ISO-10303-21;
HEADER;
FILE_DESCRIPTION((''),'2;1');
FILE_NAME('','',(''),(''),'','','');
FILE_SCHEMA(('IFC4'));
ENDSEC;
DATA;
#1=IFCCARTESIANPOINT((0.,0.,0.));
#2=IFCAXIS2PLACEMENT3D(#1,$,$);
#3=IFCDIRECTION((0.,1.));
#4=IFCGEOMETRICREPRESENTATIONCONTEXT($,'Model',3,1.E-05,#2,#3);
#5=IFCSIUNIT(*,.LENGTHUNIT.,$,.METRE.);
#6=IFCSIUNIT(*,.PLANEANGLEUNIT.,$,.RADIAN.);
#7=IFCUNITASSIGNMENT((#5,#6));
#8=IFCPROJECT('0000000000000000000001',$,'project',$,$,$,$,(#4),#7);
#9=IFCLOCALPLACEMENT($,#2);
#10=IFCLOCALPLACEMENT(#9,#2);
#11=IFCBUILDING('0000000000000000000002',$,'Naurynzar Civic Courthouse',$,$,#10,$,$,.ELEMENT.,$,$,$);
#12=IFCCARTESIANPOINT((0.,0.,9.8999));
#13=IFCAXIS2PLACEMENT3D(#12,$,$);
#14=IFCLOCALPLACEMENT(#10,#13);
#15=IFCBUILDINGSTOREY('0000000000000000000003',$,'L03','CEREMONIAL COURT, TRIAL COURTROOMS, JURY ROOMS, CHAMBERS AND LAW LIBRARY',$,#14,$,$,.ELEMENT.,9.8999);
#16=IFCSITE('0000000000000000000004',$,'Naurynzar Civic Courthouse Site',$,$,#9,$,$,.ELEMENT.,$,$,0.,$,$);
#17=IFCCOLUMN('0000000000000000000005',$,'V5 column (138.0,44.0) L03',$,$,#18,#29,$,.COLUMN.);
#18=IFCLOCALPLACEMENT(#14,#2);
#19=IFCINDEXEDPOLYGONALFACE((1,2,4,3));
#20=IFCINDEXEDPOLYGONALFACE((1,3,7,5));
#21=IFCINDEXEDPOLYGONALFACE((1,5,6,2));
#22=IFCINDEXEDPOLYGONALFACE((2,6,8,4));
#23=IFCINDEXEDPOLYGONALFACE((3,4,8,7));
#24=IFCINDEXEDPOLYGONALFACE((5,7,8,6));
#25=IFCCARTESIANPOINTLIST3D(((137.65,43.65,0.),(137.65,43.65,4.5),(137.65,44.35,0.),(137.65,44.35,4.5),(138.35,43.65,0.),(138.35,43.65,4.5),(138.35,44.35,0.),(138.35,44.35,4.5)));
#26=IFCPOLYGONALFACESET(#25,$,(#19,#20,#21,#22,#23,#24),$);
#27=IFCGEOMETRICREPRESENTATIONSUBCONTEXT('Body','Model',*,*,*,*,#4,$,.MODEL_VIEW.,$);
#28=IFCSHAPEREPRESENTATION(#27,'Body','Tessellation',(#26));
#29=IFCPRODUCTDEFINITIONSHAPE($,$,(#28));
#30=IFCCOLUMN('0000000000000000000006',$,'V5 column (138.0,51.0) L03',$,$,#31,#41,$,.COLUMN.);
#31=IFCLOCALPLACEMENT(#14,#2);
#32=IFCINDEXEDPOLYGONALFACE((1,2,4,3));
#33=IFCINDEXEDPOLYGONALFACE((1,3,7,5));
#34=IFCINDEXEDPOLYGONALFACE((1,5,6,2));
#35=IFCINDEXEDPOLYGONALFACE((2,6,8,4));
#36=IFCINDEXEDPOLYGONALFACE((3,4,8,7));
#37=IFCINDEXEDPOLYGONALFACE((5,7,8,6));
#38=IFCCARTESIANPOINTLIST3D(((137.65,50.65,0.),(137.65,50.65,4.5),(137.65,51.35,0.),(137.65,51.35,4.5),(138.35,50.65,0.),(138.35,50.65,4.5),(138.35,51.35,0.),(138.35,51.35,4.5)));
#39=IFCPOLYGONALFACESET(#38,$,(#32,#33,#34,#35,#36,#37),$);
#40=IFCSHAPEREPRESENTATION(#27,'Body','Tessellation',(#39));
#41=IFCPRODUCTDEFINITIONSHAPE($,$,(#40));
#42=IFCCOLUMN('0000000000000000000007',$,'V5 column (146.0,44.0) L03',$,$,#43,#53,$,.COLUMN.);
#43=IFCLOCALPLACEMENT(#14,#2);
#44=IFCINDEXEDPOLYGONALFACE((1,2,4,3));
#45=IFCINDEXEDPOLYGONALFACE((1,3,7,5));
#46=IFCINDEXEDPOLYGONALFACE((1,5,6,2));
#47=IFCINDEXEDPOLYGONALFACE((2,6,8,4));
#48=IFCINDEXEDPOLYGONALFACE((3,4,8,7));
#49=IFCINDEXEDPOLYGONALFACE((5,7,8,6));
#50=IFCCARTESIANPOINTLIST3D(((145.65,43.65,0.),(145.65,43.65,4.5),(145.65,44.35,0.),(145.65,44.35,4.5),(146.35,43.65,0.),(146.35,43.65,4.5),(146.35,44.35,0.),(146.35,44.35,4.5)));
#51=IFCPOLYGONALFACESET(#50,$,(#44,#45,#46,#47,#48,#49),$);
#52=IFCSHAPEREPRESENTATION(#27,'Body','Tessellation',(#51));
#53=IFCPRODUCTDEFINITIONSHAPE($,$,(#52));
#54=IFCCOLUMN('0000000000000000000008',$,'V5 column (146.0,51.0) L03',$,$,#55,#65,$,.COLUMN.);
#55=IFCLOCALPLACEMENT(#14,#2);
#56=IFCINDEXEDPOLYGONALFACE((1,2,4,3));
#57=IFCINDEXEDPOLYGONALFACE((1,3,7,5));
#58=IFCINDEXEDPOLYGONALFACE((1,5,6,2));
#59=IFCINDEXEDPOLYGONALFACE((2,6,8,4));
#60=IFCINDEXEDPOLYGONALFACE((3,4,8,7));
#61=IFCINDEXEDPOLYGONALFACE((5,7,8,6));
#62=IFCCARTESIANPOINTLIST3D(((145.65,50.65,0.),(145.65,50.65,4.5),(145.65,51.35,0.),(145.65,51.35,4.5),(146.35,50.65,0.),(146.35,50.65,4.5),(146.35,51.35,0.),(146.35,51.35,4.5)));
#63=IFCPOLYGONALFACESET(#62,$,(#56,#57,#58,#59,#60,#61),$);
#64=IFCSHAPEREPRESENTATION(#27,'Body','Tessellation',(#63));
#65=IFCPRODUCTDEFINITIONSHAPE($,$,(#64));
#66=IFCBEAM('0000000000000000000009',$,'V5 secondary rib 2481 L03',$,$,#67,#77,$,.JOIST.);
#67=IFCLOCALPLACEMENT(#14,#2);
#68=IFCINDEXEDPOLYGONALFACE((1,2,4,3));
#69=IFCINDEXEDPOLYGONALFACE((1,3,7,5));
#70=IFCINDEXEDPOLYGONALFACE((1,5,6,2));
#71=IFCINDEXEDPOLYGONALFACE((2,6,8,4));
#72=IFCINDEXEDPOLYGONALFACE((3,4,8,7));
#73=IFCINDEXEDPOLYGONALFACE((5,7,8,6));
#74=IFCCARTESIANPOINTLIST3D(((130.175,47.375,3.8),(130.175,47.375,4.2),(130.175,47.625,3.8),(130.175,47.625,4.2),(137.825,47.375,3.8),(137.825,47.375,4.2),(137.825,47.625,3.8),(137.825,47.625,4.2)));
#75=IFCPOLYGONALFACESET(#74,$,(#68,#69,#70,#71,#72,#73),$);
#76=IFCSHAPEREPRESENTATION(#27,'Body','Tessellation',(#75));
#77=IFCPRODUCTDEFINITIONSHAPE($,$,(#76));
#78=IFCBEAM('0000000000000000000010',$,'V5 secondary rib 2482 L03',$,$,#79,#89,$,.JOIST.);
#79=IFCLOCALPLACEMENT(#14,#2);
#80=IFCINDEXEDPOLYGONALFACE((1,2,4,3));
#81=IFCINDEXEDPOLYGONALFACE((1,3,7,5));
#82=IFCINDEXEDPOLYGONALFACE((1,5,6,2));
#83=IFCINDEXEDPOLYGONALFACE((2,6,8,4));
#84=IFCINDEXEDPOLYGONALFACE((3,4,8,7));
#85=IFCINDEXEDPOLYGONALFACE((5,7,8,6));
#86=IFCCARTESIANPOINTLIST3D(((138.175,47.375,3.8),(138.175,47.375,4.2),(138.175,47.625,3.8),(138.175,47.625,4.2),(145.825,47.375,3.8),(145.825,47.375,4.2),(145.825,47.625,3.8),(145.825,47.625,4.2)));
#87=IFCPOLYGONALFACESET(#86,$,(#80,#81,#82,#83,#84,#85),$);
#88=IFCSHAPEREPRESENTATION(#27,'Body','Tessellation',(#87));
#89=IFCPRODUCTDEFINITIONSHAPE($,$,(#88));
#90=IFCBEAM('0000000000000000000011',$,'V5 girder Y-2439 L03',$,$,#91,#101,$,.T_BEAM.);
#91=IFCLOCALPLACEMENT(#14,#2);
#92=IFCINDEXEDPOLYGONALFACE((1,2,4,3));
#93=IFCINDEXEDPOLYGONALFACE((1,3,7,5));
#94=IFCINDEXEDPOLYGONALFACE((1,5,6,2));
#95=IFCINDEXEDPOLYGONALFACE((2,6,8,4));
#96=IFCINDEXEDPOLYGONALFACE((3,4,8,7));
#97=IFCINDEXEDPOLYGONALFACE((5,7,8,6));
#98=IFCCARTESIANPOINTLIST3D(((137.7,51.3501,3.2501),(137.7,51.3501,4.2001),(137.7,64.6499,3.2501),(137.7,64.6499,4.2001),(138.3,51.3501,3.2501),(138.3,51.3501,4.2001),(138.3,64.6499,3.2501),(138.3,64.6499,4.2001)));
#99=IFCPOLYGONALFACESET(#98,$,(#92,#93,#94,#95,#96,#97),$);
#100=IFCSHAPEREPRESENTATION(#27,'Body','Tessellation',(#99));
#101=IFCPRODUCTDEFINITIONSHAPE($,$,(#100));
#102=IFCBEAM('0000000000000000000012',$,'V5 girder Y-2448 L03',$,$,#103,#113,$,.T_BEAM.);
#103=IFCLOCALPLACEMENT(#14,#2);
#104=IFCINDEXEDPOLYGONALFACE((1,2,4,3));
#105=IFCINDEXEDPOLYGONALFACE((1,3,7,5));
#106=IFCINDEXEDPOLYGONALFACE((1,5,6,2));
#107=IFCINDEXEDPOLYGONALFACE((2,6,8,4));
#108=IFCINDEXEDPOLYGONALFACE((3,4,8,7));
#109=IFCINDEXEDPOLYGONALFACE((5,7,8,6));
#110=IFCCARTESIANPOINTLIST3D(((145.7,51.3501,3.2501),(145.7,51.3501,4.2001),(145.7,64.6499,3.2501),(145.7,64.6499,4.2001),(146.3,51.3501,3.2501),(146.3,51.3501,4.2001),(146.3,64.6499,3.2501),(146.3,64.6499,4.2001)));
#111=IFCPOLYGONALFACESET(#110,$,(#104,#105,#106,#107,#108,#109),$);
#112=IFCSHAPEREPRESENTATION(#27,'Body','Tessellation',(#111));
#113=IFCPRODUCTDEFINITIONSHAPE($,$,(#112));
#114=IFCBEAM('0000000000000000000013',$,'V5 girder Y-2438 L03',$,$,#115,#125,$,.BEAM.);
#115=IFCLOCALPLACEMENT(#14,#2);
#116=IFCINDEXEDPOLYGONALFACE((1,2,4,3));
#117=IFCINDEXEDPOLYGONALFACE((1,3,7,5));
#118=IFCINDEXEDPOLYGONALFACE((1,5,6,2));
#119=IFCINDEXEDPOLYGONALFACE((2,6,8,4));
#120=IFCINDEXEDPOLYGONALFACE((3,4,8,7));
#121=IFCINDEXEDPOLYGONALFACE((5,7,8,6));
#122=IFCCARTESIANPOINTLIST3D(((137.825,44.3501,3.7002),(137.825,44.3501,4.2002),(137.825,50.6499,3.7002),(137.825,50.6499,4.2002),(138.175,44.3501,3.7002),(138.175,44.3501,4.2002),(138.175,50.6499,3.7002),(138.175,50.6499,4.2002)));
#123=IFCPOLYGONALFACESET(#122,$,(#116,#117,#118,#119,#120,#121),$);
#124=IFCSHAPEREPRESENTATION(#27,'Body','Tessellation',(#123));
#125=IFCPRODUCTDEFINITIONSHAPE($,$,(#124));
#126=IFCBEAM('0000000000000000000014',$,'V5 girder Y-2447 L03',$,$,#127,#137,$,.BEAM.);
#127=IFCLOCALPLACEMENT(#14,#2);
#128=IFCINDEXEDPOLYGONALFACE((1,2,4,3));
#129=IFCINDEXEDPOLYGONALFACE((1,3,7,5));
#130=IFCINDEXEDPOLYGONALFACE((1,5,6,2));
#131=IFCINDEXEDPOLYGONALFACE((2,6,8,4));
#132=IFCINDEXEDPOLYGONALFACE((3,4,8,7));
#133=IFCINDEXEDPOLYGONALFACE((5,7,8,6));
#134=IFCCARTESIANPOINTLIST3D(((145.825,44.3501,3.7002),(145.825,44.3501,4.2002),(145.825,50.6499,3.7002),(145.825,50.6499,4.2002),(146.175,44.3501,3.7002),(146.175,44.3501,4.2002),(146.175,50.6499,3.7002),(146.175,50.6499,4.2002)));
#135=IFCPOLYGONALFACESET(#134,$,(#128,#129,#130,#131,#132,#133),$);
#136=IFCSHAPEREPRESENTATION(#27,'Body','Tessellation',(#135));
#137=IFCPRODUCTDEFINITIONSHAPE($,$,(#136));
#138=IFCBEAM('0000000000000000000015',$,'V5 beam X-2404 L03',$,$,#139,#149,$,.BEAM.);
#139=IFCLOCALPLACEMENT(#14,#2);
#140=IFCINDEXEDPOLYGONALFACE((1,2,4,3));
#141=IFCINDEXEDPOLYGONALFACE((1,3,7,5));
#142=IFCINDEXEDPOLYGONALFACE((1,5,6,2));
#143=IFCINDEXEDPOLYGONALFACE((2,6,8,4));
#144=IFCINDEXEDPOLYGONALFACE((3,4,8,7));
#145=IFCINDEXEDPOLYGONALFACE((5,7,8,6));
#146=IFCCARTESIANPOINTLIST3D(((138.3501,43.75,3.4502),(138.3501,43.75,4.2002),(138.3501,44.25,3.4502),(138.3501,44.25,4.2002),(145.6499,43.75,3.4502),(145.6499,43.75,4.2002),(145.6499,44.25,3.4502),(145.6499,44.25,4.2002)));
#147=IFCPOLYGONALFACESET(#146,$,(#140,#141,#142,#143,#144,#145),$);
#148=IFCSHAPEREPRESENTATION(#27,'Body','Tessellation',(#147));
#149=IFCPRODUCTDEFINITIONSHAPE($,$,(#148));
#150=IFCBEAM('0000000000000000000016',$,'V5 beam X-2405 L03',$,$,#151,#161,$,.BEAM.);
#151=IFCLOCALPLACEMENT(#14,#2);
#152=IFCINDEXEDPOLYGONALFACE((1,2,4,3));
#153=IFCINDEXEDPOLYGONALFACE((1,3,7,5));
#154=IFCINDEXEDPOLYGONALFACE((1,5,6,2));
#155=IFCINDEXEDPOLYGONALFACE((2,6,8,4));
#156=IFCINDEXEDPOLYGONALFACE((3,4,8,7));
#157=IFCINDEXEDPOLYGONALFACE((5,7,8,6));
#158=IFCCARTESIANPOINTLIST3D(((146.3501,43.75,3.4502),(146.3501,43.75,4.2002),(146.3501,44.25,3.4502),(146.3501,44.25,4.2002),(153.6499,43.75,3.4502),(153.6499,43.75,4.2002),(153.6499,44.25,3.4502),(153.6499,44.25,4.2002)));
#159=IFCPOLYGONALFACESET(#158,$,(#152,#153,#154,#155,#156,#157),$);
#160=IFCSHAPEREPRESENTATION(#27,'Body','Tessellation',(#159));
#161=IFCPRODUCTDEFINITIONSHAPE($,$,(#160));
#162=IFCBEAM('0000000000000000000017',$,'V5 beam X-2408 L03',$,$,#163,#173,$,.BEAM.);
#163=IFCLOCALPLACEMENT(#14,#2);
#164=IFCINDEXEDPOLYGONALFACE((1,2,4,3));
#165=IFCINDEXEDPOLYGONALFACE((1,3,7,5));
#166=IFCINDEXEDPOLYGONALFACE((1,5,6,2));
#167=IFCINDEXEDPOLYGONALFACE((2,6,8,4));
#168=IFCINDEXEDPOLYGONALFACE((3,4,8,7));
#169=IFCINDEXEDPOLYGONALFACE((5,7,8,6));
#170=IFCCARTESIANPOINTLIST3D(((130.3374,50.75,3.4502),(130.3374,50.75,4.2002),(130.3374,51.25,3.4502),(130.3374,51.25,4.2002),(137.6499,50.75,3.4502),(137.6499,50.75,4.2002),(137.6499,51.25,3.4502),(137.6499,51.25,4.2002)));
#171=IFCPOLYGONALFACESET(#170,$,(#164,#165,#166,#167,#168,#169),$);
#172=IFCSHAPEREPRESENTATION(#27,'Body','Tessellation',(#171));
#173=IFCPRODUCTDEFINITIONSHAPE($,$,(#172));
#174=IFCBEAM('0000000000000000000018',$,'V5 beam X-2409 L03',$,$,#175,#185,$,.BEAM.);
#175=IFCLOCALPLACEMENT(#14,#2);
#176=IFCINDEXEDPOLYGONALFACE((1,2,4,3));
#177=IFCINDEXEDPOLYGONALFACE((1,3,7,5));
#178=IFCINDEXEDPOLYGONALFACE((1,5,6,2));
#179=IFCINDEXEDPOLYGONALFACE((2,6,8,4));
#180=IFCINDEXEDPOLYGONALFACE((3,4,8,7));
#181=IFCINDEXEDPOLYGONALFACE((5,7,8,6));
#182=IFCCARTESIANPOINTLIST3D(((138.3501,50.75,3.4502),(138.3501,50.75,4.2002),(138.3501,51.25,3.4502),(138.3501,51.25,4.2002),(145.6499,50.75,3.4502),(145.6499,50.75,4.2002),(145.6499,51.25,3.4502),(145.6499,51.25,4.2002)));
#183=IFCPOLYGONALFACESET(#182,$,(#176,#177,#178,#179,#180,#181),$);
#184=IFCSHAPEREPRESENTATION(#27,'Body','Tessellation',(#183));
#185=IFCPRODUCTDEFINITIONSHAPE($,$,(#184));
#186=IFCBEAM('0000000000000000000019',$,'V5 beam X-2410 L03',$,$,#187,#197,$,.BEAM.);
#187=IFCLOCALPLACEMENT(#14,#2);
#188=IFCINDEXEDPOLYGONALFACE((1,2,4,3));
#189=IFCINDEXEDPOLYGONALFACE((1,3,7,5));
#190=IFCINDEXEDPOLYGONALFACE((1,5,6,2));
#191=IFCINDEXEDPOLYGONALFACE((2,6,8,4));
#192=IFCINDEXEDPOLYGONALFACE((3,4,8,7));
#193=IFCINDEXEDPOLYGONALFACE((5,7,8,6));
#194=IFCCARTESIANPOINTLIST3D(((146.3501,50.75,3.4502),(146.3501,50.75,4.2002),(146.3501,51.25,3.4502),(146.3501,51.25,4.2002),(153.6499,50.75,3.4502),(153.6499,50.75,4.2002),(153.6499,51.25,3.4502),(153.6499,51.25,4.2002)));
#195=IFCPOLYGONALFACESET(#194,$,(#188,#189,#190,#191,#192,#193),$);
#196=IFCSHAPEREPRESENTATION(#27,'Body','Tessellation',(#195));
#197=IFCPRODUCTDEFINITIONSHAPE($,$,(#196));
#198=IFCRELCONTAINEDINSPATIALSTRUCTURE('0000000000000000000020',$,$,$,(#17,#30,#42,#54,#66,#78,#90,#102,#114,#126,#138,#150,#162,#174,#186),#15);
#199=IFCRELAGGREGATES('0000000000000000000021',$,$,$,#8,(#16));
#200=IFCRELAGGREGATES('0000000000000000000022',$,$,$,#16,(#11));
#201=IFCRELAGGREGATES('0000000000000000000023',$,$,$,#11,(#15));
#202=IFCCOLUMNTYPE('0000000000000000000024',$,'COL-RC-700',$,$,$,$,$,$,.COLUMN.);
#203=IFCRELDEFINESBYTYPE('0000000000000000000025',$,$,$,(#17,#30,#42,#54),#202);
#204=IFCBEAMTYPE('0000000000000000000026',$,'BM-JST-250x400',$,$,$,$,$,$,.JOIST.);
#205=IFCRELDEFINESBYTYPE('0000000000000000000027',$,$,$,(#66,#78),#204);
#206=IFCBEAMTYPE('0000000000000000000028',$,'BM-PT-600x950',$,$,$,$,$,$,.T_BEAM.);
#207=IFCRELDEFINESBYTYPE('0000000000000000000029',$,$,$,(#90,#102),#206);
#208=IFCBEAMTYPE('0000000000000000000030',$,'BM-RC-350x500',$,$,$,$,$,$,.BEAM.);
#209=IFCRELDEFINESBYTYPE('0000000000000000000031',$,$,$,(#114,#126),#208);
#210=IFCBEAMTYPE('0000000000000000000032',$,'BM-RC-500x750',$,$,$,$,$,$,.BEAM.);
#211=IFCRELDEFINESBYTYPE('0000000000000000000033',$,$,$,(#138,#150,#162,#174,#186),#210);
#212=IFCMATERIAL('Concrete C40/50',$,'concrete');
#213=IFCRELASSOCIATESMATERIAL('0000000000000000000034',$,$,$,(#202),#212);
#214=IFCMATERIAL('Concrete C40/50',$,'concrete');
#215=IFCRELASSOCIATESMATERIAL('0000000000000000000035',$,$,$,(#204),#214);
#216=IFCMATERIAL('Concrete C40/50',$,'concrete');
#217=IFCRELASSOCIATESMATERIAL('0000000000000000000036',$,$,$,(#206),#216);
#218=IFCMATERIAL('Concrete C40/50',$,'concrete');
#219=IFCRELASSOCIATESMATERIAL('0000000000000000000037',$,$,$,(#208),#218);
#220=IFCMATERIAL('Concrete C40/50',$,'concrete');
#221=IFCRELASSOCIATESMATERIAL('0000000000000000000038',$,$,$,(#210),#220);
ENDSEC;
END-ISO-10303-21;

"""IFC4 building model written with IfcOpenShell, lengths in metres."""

from ifc_helpers import new_model, si_unit, direction, frame, origin, origin_2d, place, context, subcontext, project, spatial, rectangle, extrude, material, material_profile, profile_set, type_object, element, save


model = new_model("IFC4")

# Units and contexts
model_context = context("Model", 3, precision=1e-05, world=origin(), true_north=direction((0.0, 1.0)))
body_context = subcontext(model_context, "Body", "Model", "MODEL_VIEW")
ifc_project = project(units=[si_unit("LENGTHUNIT", "METRE"), si_unit("PLANEANGLEUNIT", "RADIAN")], contexts=[model_context])

# Site, building, storey
site_placement = place(None, origin())
site = spatial("IfcSite", under=ifc_project, at=site_placement, Name="Naurynzar Civic Courthouse Site", CompositionType="ELEMENT", RefElevation=0.0)
building_placement = place(site_placement, origin())
building = spatial("IfcBuilding", under=site, at=building_placement, Name="Naurynzar Civic Courthouse", CompositionType="ELEMENT")
storey_placement = place(building_placement, frame((0.0, 0.0, 9.8999)))
storey = spatial("IfcBuildingStorey", under=building, at=storey_placement, Name="L03", Description="CEREMONIAL COURT, TRIAL COURTROOMS, JURY ROOMS, CHAMBERS AND LAW LIBRARY", CompositionType="ELEMENT", Elevation=9.8999)

# Columns
ifc_material_1 = material(Name="Concrete C40/50", Category="concrete")
ifc_material_profile_1 = material_profile(ifc_material_1, rectangle(XDim=0.7, YDim=0.7, at=origin_2d()), Name="RC 700x700")
ifc_profile_set_1 = profile_set([ifc_material_profile_1], Name="Concrete C40/50")
column_type = type_object("IfcColumnType", Name="COL-RC-700", PredefinedType="COLUMN", material=ifc_profile_set_1)
for number, where, z_axis, x_axis, name in (
    (1, (138.0, 44.0, 0.0), (0.0, 0.0, 1.0), (1.0, 0.0, 0.0), "V5 column (138.0,44.0) L03"),
    (2, (138.0, 51.0, 0.0), (0.0, 0.0, 1.0), (1.0, 0.0, 0.0), "V5 column (138.0,51.0) L03"),
    (3, (146.0, 44.0, 0.0), (0.0, 0.0, 1.0), (1.0, 0.0, 0.0), "V5 column (146.0,44.0) L03"),
    (4, (146.0, 51.0, 0.0), (0.0, 0.0, 1.0), (1.0, 0.0, 0.0), "V5 column (146.0,51.0) L03"),
):
    element("IfcColumn", number, at=place(storey_placement, frame(where, z_axis=z_axis, x_axis=x_axis)), inside=storey, type_object=column_type, Name=name, PredefinedType="COLUMN", context=body_context, shape_type="SweptSolid", body=[
        extrude(rectangle(XDim=0.7, YDim=0.7, at=origin_2d()), origin(), (0.0, 0.0, 1.0), 4.5),
    ])

# Beams
ifc_material_2 = material(Name="Concrete C40/50", Category="concrete")
ifc_material_profile_2 = material_profile(ifc_material_2, rectangle(XDim=0.25, YDim=0.3999, at=origin_2d()), Name="RCB 250x400")
ifc_profile_set_2 = profile_set([ifc_material_profile_2], Name="Concrete C40/50")
beam_type_1 = type_object("IfcBeamType", Name="BM-JST-250x400", PredefinedType="JOIST", material=ifc_profile_set_2)
for number, where, z_axis, x_axis, name in (
    (5, (130.175, 47.5, 4.0), (1.0, 0.0, 0.0), (0.0, 1.0, 0.0), "V5 secondary rib 2481 L03"),
    (6, (138.175, 47.5, 4.0), (1.0, 0.0, 0.0), (0.0, 1.0, 0.0), "V5 secondary rib 2482 L03"),
):
    element("IfcBeam", number, at=place(storey_placement, frame(where, z_axis=z_axis, x_axis=x_axis)), inside=storey, type_object=beam_type_1, Name=name, PredefinedType="JOIST", context=body_context, shape_type="SweptSolid", body=[
        extrude(rectangle(XDim=0.25, YDim=0.3999, at=origin_2d()), origin(), (0.0, 0.0, 1.0), 7.6499),
    ])
ifc_material_3 = material(Name="Concrete C40/50", Category="concrete")
ifc_material_profile_3 = material_profile(ifc_material_3, rectangle(XDim=0.6001, YDim=0.95, at=origin_2d()), Name="PTB 600x950")
ifc_profile_set_3 = profile_set([ifc_material_profile_3], Name="Concrete C40/50")
beam_type_2 = type_object("IfcBeamType", Name="BM-PT-600x950", PredefinedType="T_BEAM", material=ifc_profile_set_3)
for number, where, z_axis, x_axis, name in (
    (7, (138.0, 51.3501, 3.7251), (0.0, 1.0, 0.0), (-1.0, 0.0, 0.0), "V5 girder Y-2439 L03"),
    (8, (146.0, 51.3501, 3.7251), (0.0, 1.0, 0.0), (-1.0, 0.0, 0.0), "V5 girder Y-2448 L03"),
):
    element("IfcBeam", number, at=place(storey_placement, frame(where, z_axis=z_axis, x_axis=x_axis)), inside=storey, type_object=beam_type_2, Name=name, PredefinedType="T_BEAM", context=body_context, shape_type="SweptSolid", body=[
        extrude(rectangle(XDim=0.6001, YDim=0.95, at=origin_2d()), origin(), (0.0, 0.0, 1.0), 13.2998),
    ])
ifc_material_4 = material(Name="Concrete C40/50", Category="concrete")
ifc_material_profile_4 = material_profile(ifc_material_4, rectangle(XDim=0.3501, YDim=0.5, at=origin_2d()), Name="RCB 350x500")
ifc_profile_set_4 = profile_set([ifc_material_profile_4], Name="Concrete C40/50")
beam_type_3 = type_object("IfcBeamType", Name="BM-RC-350x500", PredefinedType="BEAM", material=ifc_profile_set_4)
for number, where, z_axis, x_axis, name in (
    (9, (138.0, 44.3501, 3.9502), (0.0, 1.0, 0.0), (-1.0, 0.0, 0.0), "V5 girder Y-2438 L03"),
    (10, (146.0, 44.3501, 3.9502), (0.0, 1.0, 0.0), (-1.0, 0.0, 0.0), "V5 girder Y-2447 L03"),
):
    element("IfcBeam", number, at=place(storey_placement, frame(where, z_axis=z_axis, x_axis=x_axis)), inside=storey, type_object=beam_type_3, Name=name, PredefinedType="BEAM", context=body_context, shape_type="SweptSolid", body=[
        extrude(rectangle(XDim=0.3501, YDim=0.5, at=origin_2d()), origin(), (0.0, 0.0, 1.0), 6.2998),
    ])
ifc_material_5 = material(Name="Concrete C40/50", Category="concrete")
ifc_material_profile_5 = material_profile(ifc_material_5, rectangle(XDim=0.5, YDim=0.75, at=origin_2d()), Name="RCB 500x750")
ifc_profile_set_5 = profile_set([ifc_material_profile_5], Name="Concrete C40/50")
beam_type_4 = type_object("IfcBeamType", Name="BM-RC-500x750", PredefinedType="BEAM", material=ifc_profile_set_5)
for number, where, z_axis, x_axis, name in (
    (11, (138.3501, 44.0, 3.8252), (1.0, 0.0, 0.0), (0.0, 1.0, 0.0), "V5 beam X-2404 L03"),
    (12, (146.3501, 44.0, 3.8252), (1.0, 0.0, 0.0), (0.0, 1.0, 0.0), "V5 beam X-2405 L03"),
):
    element("IfcBeam", number, at=place(storey_placement, frame(where, z_axis=z_axis, x_axis=x_axis)), inside=storey, type_object=beam_type_4, Name=name, PredefinedType="BEAM", context=body_context, shape_type="SweptSolid", body=[
        extrude(rectangle(XDim=0.5, YDim=0.75, at=origin_2d()), origin(), (0.0, 0.0, 1.0), 7.2998),
    ])
beam_placement = place(storey_placement, frame((130.3374, 51.0, 3.8252), z_axis=(1.0, 0.0, 0.0), x_axis=(0.0, 1.0, 0.0)))
element("IfcBeam", 13, at=beam_placement, inside=storey, type_object=beam_type_4, Name="V5 beam X-2408 L03", PredefinedType="BEAM", context=body_context, shape_type="SweptSolid", body=[
    extrude(rectangle(XDim=0.5, YDim=0.75, at=origin_2d()), origin(), (0.0, 0.0, 1.0), 7.3125),
])
for number, where, z_axis, x_axis, name in (
    (14, (138.3501, 51.0, 3.8252), (1.0, 0.0, 0.0), (0.0, 1.0, 0.0), "V5 beam X-2409 L03"),
    (15, (146.3501, 51.0, 3.8252), (1.0, 0.0, 0.0), (0.0, 1.0, 0.0), "V5 beam X-2410 L03"),
):
    element("IfcBeam", number, at=place(storey_placement, frame(where, z_axis=z_axis, x_axis=x_axis)), inside=storey, type_object=beam_type_4, Name=name, PredefinedType="BEAM", context=body_context, shape_type="SweptSolid", body=[
        extrude(rectangle(XDim=0.5, YDim=0.75, at=origin_2d()), origin(), (0.0, 0.0, 1.0), 7.2998),
    ])

save(model, "model.ifc")
